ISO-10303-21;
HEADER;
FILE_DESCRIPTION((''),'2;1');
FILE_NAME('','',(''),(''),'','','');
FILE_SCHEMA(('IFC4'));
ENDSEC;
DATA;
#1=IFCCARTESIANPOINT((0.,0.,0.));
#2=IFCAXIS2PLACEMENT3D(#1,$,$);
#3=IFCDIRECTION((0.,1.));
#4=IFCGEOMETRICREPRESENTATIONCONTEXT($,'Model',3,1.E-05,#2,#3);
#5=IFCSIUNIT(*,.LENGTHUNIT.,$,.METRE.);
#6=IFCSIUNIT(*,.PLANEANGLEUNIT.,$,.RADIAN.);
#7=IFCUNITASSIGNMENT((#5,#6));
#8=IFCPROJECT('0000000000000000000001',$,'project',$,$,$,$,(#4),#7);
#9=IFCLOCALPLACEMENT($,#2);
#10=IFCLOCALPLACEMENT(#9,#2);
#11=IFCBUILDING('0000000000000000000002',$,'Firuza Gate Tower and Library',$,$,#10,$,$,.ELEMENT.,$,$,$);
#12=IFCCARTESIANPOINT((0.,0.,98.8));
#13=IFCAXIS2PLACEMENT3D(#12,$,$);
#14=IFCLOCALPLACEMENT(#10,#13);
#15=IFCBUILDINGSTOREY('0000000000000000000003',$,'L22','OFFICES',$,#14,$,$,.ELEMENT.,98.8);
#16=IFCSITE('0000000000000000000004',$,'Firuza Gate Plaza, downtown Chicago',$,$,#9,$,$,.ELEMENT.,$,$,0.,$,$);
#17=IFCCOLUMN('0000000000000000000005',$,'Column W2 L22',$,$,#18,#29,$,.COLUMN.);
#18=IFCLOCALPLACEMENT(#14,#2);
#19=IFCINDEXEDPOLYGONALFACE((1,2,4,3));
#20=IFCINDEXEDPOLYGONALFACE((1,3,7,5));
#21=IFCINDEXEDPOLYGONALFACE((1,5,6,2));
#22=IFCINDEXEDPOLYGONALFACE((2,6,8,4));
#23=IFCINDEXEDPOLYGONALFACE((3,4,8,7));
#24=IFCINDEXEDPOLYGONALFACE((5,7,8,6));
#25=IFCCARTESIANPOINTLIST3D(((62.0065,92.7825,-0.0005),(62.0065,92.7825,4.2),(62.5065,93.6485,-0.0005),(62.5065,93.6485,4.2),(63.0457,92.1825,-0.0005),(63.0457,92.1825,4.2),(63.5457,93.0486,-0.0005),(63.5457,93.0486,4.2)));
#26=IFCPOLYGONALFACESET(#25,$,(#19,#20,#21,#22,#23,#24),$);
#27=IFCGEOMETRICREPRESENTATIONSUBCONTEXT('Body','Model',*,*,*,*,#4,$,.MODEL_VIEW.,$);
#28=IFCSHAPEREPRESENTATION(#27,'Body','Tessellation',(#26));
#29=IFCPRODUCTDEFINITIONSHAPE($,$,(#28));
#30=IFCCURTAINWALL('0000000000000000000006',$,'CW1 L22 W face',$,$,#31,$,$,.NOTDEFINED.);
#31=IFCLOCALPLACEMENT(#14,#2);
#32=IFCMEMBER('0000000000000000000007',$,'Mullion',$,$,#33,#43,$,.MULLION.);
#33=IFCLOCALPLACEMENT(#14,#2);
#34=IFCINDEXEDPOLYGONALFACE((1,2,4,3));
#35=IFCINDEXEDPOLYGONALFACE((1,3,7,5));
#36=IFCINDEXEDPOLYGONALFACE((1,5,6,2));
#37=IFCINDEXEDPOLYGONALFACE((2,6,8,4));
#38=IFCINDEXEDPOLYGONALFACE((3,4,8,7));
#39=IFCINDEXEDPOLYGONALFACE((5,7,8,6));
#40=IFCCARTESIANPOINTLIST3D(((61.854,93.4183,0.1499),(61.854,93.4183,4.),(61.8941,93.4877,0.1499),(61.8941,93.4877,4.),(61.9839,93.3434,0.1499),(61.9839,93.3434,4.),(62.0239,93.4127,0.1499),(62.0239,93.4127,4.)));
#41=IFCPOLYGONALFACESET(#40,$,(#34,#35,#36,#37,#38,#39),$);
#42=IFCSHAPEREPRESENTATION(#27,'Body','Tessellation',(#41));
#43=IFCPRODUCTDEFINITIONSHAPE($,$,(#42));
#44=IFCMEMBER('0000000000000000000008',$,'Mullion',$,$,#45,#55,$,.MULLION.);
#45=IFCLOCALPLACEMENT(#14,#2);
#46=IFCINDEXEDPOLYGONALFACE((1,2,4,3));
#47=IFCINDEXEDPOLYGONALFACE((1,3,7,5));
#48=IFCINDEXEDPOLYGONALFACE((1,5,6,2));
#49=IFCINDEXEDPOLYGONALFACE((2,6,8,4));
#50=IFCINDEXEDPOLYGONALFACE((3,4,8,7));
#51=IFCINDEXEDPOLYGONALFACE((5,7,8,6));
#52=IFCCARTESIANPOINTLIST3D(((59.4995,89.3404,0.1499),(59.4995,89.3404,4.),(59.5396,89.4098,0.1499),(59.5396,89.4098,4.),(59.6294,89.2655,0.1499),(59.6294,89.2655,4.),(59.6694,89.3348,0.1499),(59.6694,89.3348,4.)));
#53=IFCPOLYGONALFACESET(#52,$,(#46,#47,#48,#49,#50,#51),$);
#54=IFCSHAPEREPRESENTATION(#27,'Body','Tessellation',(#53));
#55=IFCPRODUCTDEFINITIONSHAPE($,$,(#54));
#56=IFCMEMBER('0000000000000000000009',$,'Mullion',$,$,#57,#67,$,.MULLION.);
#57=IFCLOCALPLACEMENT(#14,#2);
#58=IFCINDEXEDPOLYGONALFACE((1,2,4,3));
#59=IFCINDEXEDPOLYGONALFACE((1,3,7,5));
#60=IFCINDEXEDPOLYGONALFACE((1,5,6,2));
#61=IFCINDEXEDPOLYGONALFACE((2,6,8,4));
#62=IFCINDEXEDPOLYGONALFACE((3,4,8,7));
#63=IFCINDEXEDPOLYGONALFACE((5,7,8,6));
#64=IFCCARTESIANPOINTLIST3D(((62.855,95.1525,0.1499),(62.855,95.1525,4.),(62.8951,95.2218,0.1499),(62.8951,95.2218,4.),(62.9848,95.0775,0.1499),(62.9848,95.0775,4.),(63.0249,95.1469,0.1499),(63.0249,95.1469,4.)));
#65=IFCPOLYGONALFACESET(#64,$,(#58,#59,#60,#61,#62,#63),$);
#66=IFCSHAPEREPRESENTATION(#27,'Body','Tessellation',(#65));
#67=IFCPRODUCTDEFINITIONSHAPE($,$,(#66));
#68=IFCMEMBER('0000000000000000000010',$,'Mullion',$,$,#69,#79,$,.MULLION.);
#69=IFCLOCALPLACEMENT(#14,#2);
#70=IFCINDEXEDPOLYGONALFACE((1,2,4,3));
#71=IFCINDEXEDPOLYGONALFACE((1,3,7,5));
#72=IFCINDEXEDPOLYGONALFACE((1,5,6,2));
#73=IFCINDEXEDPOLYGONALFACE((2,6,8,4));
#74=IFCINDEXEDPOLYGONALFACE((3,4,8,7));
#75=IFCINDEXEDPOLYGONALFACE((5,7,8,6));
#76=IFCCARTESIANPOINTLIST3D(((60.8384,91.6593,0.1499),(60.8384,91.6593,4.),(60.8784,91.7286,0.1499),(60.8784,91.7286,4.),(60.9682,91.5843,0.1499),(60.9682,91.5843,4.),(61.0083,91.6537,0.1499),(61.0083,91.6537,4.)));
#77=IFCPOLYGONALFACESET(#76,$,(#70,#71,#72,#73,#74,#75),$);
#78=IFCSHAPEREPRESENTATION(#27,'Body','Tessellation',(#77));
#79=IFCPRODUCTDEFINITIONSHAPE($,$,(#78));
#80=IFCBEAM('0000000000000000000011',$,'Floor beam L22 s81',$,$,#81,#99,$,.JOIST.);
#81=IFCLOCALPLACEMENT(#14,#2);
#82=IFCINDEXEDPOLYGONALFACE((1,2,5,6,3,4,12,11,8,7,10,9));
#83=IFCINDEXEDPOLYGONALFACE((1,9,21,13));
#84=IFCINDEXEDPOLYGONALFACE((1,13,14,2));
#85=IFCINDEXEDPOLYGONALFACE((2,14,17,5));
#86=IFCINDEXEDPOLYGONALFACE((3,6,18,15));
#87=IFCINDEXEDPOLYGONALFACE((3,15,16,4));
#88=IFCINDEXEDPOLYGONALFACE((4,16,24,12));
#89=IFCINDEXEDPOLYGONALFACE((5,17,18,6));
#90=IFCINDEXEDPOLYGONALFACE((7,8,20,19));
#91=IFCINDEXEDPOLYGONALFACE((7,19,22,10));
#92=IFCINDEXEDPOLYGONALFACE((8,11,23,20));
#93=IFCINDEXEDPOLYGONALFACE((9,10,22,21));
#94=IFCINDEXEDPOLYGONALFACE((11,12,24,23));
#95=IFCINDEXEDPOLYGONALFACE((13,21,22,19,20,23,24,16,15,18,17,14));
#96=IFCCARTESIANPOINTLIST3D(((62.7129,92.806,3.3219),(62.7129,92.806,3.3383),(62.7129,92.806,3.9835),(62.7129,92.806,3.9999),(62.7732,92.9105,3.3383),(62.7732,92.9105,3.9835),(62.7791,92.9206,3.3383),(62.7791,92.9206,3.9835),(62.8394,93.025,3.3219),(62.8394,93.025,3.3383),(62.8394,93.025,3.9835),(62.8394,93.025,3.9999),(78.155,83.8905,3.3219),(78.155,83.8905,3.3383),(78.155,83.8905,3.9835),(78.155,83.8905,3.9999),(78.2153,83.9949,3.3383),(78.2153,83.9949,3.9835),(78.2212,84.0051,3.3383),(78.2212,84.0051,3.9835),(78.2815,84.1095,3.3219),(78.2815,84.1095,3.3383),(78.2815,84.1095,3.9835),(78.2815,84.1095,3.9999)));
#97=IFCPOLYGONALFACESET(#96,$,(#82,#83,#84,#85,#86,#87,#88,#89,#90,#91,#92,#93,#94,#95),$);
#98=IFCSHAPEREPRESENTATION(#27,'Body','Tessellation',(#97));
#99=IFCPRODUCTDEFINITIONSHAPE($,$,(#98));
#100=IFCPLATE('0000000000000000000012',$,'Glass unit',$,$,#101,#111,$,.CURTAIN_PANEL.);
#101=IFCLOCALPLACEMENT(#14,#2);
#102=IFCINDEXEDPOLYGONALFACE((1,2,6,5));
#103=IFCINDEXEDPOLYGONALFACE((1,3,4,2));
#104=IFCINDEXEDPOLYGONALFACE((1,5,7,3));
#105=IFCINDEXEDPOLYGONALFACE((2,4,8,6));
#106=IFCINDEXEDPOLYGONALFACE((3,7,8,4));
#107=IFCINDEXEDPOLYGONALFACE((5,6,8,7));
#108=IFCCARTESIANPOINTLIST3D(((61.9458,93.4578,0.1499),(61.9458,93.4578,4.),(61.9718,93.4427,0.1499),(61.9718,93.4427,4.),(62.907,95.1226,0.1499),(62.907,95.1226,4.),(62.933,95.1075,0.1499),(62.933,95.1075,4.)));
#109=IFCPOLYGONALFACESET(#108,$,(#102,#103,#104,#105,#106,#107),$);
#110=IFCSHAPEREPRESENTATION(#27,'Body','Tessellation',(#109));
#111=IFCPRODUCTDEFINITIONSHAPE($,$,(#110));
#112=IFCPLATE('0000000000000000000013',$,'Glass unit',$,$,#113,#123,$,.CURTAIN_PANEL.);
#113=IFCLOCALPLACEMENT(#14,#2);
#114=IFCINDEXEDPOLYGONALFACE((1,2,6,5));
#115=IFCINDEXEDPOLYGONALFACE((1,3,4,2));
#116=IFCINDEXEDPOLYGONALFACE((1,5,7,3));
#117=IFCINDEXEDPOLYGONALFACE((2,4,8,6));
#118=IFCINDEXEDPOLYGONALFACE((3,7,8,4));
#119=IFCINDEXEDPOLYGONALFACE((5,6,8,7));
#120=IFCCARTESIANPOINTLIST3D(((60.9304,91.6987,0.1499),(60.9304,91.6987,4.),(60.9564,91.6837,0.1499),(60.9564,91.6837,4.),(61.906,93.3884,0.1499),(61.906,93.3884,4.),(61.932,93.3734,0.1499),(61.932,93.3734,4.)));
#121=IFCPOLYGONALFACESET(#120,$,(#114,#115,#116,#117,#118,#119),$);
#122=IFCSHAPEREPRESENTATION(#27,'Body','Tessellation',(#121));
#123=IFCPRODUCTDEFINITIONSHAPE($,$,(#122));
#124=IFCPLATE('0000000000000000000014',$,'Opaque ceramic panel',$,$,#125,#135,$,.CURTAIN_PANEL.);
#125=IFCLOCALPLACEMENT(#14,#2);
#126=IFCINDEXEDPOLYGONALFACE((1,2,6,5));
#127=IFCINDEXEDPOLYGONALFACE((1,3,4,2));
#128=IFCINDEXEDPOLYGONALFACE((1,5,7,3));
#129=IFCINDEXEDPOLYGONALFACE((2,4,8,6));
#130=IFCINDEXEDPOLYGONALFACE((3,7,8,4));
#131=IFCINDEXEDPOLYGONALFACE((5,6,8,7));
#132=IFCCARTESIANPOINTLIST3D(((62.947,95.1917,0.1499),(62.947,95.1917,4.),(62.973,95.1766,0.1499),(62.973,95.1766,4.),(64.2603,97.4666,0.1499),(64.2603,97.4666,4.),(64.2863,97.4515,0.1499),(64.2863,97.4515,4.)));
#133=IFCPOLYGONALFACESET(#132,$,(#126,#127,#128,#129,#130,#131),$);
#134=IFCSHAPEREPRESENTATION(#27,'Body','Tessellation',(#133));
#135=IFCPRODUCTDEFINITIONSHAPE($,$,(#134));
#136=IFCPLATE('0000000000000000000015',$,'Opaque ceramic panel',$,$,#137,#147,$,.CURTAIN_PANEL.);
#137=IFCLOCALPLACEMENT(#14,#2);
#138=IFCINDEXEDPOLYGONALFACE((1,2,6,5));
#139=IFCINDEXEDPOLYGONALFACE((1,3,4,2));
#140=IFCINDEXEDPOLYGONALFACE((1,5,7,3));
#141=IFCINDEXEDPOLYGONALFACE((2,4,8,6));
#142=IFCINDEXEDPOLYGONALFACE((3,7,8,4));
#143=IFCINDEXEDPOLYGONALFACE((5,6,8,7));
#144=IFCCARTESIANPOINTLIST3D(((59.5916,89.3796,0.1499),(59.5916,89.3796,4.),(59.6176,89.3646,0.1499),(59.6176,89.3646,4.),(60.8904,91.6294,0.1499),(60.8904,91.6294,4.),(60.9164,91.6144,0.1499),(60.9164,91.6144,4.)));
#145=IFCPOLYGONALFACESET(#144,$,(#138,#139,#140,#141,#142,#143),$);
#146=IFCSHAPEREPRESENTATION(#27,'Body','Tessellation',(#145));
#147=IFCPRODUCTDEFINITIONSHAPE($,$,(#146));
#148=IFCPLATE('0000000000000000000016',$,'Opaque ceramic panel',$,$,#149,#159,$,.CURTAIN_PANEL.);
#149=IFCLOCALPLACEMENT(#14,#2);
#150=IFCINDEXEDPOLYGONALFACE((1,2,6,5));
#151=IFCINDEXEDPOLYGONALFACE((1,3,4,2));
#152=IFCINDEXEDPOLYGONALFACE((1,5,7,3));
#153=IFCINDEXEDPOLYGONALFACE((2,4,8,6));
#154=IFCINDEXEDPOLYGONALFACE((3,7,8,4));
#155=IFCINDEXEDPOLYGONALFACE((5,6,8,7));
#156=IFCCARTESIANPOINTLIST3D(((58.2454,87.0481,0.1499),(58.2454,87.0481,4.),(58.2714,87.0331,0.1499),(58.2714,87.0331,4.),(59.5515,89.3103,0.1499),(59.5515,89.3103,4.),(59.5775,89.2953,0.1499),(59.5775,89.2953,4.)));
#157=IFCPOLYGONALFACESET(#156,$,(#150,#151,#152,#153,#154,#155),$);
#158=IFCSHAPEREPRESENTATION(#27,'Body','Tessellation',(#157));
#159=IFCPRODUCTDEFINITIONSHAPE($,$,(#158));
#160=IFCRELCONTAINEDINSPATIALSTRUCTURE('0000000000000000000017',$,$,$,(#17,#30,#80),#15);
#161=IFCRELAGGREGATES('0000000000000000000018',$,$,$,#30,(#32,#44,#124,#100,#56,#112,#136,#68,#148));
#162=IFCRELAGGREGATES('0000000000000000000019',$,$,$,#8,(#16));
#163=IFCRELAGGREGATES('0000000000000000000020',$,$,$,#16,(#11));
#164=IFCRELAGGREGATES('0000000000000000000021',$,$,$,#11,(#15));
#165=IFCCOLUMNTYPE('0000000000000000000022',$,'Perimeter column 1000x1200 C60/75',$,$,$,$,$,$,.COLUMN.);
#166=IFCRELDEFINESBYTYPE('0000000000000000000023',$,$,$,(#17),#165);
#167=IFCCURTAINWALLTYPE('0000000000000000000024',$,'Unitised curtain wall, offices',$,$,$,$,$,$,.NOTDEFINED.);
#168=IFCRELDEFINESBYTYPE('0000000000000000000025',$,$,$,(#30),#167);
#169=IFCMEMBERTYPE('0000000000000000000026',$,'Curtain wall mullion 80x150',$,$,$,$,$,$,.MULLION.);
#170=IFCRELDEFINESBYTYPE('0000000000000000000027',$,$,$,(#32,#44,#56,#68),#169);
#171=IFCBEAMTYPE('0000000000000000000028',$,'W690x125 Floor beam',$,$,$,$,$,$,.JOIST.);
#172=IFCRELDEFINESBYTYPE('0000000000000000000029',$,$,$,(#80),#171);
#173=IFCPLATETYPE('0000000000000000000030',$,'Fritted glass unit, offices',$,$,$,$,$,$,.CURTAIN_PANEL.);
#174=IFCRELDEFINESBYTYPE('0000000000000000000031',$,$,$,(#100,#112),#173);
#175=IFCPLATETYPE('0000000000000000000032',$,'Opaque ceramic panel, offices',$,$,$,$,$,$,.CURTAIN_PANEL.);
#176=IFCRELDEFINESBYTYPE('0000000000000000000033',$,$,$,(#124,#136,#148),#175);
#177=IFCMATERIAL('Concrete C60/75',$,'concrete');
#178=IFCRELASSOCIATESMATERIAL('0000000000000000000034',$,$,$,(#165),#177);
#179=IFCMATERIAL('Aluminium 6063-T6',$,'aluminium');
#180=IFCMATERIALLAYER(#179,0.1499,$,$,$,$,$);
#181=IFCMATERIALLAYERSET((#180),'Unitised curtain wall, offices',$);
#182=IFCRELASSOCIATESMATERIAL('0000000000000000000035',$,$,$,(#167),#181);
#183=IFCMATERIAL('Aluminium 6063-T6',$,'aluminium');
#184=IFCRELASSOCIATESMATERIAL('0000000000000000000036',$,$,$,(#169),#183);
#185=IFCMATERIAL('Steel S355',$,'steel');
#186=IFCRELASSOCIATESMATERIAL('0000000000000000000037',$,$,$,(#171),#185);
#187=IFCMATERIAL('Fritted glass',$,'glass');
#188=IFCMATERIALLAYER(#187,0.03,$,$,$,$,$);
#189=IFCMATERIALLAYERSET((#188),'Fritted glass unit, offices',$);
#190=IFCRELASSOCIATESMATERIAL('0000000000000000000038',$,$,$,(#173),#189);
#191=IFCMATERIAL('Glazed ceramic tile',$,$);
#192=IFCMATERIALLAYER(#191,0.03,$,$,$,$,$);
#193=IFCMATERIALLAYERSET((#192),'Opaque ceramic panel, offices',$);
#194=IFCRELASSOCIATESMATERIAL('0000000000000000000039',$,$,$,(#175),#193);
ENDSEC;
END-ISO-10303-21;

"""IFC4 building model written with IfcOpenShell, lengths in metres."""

from ifc_helpers import new_model, si_unit, direction, frame, origin, origin_2d, place, context, subcontext, project, spatial, polyline, rectangle, i_section, outline, extrude, material, layer, layer_set, material_profile, profile_set, type_object, element, aggregate, save


model = new_model("IFC4")

# Units and contexts
model_context = context("Model", 3, precision=1e-05, world=origin(), true_north=direction((0.0, 1.0)))
body_context = subcontext(model_context, "Body", "Model", "MODEL_VIEW")
ifc_project = project(units=[si_unit("LENGTHUNIT", "METRE"), si_unit("PLANEANGLEUNIT", "RADIAN")], contexts=[model_context])

# Site, building, storey
site_placement = place(None, origin())
site = spatial("IfcSite", under=ifc_project, at=site_placement, Name="Firuza Gate Plaza, downtown Chicago", CompositionType="ELEMENT", RefElevation=0.0)
building_placement = place(site_placement, origin())
building = spatial("IfcBuilding", under=site, at=building_placement, Name="Firuza Gate Tower and Library", CompositionType="ELEMENT")
storey_placement = place(building_placement, frame((0.0, 0.0, 98.8)))
storey = spatial("IfcBuildingStorey", under=building, at=storey_placement, Name="L22", Description="OFFICES", CompositionType="ELEMENT", Elevation=98.8)

# Column
ifc_material_1 = material(Name="Concrete C60/75", Category="concrete")
ifc_material_profile_1 = material_profile(ifc_material_1, rectangle(XDim=1.0, YDim=1.2, at=origin_2d()))
ifc_profile_set_1 = profile_set([ifc_material_profile_1], Name="Concrete C60/75")
column_type = type_object("IfcColumnType", Name="Perimeter column 1000x1200 C60/75", PredefinedType="COLUMN", material=ifc_profile_set_1)
column_placement = place(storey_placement, frame((62.7761, 92.9155, -0.0005), z_axis=(0.0, 0.0, 1.0), x_axis=(-0.5, -0.866025, 0.0)))
element("IfcColumn", 1, at=column_placement, inside=storey, type_object=column_type, Name="Column W2 L22", PredefinedType="COLUMN", context=body_context, shape_type="SweptSolid", body=[
    extrude(rectangle(XDim=1.0, YDim=1.2, at=origin_2d()), origin(), (0.0, 0.0, 1.0), 4.2004),
])

# Curtain wall, members
ifc_material_2 = material(Name="Aluminium 6063-T6", Category="aluminium")
ifc_layer_1 = layer(ifc_material_2, 0.1499)
ifc_layer_set_1 = layer_set([ifc_layer_1], Name="Unitised curtain wall, offices")
curtain_wall_type = type_object("IfcCurtainWallType", Name="Unitised curtain wall, offices", PredefinedType="NOTDEFINED", material=ifc_layer_set_1)
placement = place(storey_placement, origin())
curtain_wall = element("IfcCurtainWall", 2, at=placement, inside=storey, type_object=curtain_wall_type, Name="CW1 L22 W face", PredefinedType="NOTDEFINED")
ifc_material_3 = material(Name="Aluminium 6063-T6", Category="aluminium")
ifc_material_profile_2 = material_profile(ifc_material_3, rectangle(XDim=0.1499, YDim=0.0801, at=origin_2d()))
ifc_profile_set_2 = profile_set([ifc_material_profile_2], Name="Aluminium 6063-T6")
member_type = type_object("IfcMemberType", Name="Curtain wall mullion 80x150", PredefinedType="MULLION", material=ifc_profile_set_2)
member_1_placement = place(storey_placement, frame((61.939, 93.4155, 0.1499), z_axis=(0.0, 0.0, 1.0), x_axis=(0.866025, -0.5, 0.0)))
member_1 = element("IfcMember", 3, at=member_1_placement, type_object=member_type, Name="Mullion", PredefinedType="MULLION", context=body_context, shape_type="SweptSolid", body=[
    extrude(rectangle(XDim=0.1499, YDim=0.0801, at=origin_2d()), origin(), (0.0, 0.0, 1.0), 3.8501),
])
member_2_placement = place(storey_placement, frame((59.5845, 89.3376, 0.1499), z_axis=(0.0, 0.0, 1.0), x_axis=(0.866025, -0.5, 0.0)))
member_2 = element("IfcMember", 4, at=member_2_placement, type_object=member_type, Name="Mullion", PredefinedType="MULLION", context=body_context, shape_type="SweptSolid", body=[
    extrude(rectangle(XDim=0.1499, YDim=0.0801, at=origin_2d()), origin(), (0.0, 0.0, 1.0), 3.8501),
])
member_3_placement = place(storey_placement, frame((62.9399, 95.1497, 0.1499), z_axis=(0.0, 0.0, 1.0), x_axis=(0.866025, -0.5, 0.0)))
member_3 = element("IfcMember", 5, at=member_3_placement, type_object=member_type, Name="Mullion", PredefinedType="MULLION", context=body_context, shape_type="SweptSolid", body=[
    extrude(rectangle(XDim=0.1499, YDim=0.0801, at=origin_2d()), origin(), (0.0, 0.0, 1.0), 3.8501),
])
member_4_placement = place(storey_placement, frame((60.9233, 91.6565, 0.1499), z_axis=(0.0, 0.0, 1.0), x_axis=(0.866025, -0.5, 0.0)))
member_4 = element("IfcMember", 6, at=member_4_placement, type_object=member_type, Name="Mullion", PredefinedType="MULLION", context=body_context, shape_type="SweptSolid", body=[
    extrude(rectangle(XDim=0.1499, YDim=0.0801, at=origin_2d()), origin(), (0.0, 0.0, 1.0), 3.8501),
])

# Beam
ifc_material_4 = material(Name="Steel S355", Category="steel")
ifc_material_profile_3 = material_profile(ifc_material_4, i_section(OverallWidth=0.2529, OverallDepth=0.678, WebThickness=0.0117, FlangeThickness=0.0164, at=origin_2d()))
ifc_profile_set_3 = profile_set([ifc_material_profile_3], Name="Steel S355")
beam_type = type_object("IfcBeamType", Name="W690x125 Floor beam", PredefinedType="JOIST", material=ifc_profile_set_3)
beam_placement = place(storey_placement, frame((62.7761, 92.9155, 3.6609), z_axis=(0.866025, -0.5, 0.0), x_axis=(0.5, 0.866025, 0.0)))
element("IfcBeam", 7, at=beam_placement, inside=storey, type_object=beam_type, Name="Floor beam L22 s81", PredefinedType="JOIST", context=body_context, shape_type="SweptSolid", body=[
    extrude(i_section(OverallWidth=0.2529, OverallDepth=0.678, WebThickness=0.0117, FlangeThickness=0.0164, at=origin_2d()), origin(), (0.0, 0.0, 1.0), 17.8311),
])

# Plates
ifc_material_5 = material(Name="Fritted glass", Category="glass")
ifc_layer_2 = layer(ifc_material_5, 0.03)
ifc_layer_set_2 = layer_set([ifc_layer_2], Name="Fritted glass unit, offices")
plate_type_1 = type_object("IfcPlateType", Name="Fritted glass unit, offices", PredefinedType="CURTAIN_PANEL", material=ifc_layer_set_2)
plate_1_placement = place(storey_placement, frame((62.907, 95.1226, 0.1499), z_axis=(-0.866023, 0.500005, 0.0), x_axis=(-0.500005, -0.866023, 0.0)))
plate_1 = element("IfcPlate", 8, at=plate_1_placement, type_object=plate_type_1, Name="Glass unit", PredefinedType="CURTAIN_PANEL", context=body_context, shape_type="SweptSolid", body=[
    extrude(outline(polyline([(0.0, 0.0), (1.9223, 0.0), (1.9223, 3.8501), (0.0, 3.8501), (0.0, 0.0)])), origin(), (0.0, 0.0, -1.0), 0.03),
])
plate_2_placement = place(storey_placement, frame((61.906, 93.3884, 0.1499), z_axis=(-0.866017, 0.500015, 0.0), x_axis=(-0.500015, -0.866017, 0.0)))
plate_2 = element("IfcPlate", 9, at=plate_2_placement, type_object=plate_type_1, Name="Glass unit", PredefinedType="CURTAIN_PANEL", context=body_context, shape_type="SweptSolid", body=[
    extrude(outline(polyline([(0.0, 0.0), (1.9511, 0.0), (1.9511, 3.8501), (0.0, 3.8501), (0.0, 0.0)])), origin(), (0.0, 0.0, -1.0), 0.03),
])
ifc_material_6 = material(Name="Glazed ceramic tile")
ifc_layer_3 = layer(ifc_material_6, 0.03)
ifc_layer_set_3 = layer_set([ifc_layer_3], Name="Opaque ceramic panel, offices")
plate_type_2 = type_object("IfcPlateType", Name="Opaque ceramic panel, offices", PredefinedType="CURTAIN_PANEL", material=ifc_layer_set_3)
plate_3_placement = place(storey_placement, frame((64.2603, 97.4666, 0.1499), z_axis=(-0.866056, 0.499948, 0.0), x_axis=(-0.499948, -0.866056, 0.0)))
plate_3 = element("IfcPlate", 10, at=plate_3_placement, type_object=plate_type_2, Name="Opaque ceramic panel", PredefinedType="CURTAIN_PANEL", context=body_context, shape_type="SweptSolid", body=[
    extrude(outline(polyline([(0.0, 0.0), (2.6267, 0.0), (2.6267, 3.8501), (0.0, 3.8501), (0.0, 0.0)])), origin(), (0.0, 0.0, -1.0), 0.03),
])
plate_4_placement = place(storey_placement, frame((60.8904, 91.6294, 0.1499), z_axis=(-0.866037, 0.49998, 0.0), x_axis=(-0.49998, -0.866037, 0.0)))
plate_4 = element("IfcPlate", 11, at=plate_4_placement, type_object=plate_type_2, Name="Opaque ceramic panel", PredefinedType="CURTAIN_PANEL", context=body_context, shape_type="SweptSolid", body=[
    extrude(outline(polyline([(0.0, 0.0), (2.5978, 0.0), (2.5978, 3.8501), (0.0, 3.8501), (0.0, 0.0)])), origin(), (0.0, 0.0, -1.0), 0.03),
])
plate_5_placement = place(storey_placement, frame((59.5515, 89.3103, 0.1499), z_axis=(-0.866014, 0.500019, 0.0), x_axis=(-0.500019, -0.866014, 0.0)))
plate_5 = element("IfcPlate", 12, at=plate_5_placement, type_object=plate_type_2, Name="Opaque ceramic panel", PredefinedType="CURTAIN_PANEL", context=body_context, shape_type="SweptSolid", body=[
    extrude(outline(polyline([(0.0, 0.0), (2.6122, 0.0), (2.6122, 3.8501), (0.0, 3.8501), (0.0, 0.0)])), origin(), (0.0, 0.0, -1.0), 0.03),
])
aggregate(curtain_wall, [member_1, member_2, plate_3, plate_1, member_3, plate_2, plate_4, member_4, plate_5])

save(model, "model.ifc")
